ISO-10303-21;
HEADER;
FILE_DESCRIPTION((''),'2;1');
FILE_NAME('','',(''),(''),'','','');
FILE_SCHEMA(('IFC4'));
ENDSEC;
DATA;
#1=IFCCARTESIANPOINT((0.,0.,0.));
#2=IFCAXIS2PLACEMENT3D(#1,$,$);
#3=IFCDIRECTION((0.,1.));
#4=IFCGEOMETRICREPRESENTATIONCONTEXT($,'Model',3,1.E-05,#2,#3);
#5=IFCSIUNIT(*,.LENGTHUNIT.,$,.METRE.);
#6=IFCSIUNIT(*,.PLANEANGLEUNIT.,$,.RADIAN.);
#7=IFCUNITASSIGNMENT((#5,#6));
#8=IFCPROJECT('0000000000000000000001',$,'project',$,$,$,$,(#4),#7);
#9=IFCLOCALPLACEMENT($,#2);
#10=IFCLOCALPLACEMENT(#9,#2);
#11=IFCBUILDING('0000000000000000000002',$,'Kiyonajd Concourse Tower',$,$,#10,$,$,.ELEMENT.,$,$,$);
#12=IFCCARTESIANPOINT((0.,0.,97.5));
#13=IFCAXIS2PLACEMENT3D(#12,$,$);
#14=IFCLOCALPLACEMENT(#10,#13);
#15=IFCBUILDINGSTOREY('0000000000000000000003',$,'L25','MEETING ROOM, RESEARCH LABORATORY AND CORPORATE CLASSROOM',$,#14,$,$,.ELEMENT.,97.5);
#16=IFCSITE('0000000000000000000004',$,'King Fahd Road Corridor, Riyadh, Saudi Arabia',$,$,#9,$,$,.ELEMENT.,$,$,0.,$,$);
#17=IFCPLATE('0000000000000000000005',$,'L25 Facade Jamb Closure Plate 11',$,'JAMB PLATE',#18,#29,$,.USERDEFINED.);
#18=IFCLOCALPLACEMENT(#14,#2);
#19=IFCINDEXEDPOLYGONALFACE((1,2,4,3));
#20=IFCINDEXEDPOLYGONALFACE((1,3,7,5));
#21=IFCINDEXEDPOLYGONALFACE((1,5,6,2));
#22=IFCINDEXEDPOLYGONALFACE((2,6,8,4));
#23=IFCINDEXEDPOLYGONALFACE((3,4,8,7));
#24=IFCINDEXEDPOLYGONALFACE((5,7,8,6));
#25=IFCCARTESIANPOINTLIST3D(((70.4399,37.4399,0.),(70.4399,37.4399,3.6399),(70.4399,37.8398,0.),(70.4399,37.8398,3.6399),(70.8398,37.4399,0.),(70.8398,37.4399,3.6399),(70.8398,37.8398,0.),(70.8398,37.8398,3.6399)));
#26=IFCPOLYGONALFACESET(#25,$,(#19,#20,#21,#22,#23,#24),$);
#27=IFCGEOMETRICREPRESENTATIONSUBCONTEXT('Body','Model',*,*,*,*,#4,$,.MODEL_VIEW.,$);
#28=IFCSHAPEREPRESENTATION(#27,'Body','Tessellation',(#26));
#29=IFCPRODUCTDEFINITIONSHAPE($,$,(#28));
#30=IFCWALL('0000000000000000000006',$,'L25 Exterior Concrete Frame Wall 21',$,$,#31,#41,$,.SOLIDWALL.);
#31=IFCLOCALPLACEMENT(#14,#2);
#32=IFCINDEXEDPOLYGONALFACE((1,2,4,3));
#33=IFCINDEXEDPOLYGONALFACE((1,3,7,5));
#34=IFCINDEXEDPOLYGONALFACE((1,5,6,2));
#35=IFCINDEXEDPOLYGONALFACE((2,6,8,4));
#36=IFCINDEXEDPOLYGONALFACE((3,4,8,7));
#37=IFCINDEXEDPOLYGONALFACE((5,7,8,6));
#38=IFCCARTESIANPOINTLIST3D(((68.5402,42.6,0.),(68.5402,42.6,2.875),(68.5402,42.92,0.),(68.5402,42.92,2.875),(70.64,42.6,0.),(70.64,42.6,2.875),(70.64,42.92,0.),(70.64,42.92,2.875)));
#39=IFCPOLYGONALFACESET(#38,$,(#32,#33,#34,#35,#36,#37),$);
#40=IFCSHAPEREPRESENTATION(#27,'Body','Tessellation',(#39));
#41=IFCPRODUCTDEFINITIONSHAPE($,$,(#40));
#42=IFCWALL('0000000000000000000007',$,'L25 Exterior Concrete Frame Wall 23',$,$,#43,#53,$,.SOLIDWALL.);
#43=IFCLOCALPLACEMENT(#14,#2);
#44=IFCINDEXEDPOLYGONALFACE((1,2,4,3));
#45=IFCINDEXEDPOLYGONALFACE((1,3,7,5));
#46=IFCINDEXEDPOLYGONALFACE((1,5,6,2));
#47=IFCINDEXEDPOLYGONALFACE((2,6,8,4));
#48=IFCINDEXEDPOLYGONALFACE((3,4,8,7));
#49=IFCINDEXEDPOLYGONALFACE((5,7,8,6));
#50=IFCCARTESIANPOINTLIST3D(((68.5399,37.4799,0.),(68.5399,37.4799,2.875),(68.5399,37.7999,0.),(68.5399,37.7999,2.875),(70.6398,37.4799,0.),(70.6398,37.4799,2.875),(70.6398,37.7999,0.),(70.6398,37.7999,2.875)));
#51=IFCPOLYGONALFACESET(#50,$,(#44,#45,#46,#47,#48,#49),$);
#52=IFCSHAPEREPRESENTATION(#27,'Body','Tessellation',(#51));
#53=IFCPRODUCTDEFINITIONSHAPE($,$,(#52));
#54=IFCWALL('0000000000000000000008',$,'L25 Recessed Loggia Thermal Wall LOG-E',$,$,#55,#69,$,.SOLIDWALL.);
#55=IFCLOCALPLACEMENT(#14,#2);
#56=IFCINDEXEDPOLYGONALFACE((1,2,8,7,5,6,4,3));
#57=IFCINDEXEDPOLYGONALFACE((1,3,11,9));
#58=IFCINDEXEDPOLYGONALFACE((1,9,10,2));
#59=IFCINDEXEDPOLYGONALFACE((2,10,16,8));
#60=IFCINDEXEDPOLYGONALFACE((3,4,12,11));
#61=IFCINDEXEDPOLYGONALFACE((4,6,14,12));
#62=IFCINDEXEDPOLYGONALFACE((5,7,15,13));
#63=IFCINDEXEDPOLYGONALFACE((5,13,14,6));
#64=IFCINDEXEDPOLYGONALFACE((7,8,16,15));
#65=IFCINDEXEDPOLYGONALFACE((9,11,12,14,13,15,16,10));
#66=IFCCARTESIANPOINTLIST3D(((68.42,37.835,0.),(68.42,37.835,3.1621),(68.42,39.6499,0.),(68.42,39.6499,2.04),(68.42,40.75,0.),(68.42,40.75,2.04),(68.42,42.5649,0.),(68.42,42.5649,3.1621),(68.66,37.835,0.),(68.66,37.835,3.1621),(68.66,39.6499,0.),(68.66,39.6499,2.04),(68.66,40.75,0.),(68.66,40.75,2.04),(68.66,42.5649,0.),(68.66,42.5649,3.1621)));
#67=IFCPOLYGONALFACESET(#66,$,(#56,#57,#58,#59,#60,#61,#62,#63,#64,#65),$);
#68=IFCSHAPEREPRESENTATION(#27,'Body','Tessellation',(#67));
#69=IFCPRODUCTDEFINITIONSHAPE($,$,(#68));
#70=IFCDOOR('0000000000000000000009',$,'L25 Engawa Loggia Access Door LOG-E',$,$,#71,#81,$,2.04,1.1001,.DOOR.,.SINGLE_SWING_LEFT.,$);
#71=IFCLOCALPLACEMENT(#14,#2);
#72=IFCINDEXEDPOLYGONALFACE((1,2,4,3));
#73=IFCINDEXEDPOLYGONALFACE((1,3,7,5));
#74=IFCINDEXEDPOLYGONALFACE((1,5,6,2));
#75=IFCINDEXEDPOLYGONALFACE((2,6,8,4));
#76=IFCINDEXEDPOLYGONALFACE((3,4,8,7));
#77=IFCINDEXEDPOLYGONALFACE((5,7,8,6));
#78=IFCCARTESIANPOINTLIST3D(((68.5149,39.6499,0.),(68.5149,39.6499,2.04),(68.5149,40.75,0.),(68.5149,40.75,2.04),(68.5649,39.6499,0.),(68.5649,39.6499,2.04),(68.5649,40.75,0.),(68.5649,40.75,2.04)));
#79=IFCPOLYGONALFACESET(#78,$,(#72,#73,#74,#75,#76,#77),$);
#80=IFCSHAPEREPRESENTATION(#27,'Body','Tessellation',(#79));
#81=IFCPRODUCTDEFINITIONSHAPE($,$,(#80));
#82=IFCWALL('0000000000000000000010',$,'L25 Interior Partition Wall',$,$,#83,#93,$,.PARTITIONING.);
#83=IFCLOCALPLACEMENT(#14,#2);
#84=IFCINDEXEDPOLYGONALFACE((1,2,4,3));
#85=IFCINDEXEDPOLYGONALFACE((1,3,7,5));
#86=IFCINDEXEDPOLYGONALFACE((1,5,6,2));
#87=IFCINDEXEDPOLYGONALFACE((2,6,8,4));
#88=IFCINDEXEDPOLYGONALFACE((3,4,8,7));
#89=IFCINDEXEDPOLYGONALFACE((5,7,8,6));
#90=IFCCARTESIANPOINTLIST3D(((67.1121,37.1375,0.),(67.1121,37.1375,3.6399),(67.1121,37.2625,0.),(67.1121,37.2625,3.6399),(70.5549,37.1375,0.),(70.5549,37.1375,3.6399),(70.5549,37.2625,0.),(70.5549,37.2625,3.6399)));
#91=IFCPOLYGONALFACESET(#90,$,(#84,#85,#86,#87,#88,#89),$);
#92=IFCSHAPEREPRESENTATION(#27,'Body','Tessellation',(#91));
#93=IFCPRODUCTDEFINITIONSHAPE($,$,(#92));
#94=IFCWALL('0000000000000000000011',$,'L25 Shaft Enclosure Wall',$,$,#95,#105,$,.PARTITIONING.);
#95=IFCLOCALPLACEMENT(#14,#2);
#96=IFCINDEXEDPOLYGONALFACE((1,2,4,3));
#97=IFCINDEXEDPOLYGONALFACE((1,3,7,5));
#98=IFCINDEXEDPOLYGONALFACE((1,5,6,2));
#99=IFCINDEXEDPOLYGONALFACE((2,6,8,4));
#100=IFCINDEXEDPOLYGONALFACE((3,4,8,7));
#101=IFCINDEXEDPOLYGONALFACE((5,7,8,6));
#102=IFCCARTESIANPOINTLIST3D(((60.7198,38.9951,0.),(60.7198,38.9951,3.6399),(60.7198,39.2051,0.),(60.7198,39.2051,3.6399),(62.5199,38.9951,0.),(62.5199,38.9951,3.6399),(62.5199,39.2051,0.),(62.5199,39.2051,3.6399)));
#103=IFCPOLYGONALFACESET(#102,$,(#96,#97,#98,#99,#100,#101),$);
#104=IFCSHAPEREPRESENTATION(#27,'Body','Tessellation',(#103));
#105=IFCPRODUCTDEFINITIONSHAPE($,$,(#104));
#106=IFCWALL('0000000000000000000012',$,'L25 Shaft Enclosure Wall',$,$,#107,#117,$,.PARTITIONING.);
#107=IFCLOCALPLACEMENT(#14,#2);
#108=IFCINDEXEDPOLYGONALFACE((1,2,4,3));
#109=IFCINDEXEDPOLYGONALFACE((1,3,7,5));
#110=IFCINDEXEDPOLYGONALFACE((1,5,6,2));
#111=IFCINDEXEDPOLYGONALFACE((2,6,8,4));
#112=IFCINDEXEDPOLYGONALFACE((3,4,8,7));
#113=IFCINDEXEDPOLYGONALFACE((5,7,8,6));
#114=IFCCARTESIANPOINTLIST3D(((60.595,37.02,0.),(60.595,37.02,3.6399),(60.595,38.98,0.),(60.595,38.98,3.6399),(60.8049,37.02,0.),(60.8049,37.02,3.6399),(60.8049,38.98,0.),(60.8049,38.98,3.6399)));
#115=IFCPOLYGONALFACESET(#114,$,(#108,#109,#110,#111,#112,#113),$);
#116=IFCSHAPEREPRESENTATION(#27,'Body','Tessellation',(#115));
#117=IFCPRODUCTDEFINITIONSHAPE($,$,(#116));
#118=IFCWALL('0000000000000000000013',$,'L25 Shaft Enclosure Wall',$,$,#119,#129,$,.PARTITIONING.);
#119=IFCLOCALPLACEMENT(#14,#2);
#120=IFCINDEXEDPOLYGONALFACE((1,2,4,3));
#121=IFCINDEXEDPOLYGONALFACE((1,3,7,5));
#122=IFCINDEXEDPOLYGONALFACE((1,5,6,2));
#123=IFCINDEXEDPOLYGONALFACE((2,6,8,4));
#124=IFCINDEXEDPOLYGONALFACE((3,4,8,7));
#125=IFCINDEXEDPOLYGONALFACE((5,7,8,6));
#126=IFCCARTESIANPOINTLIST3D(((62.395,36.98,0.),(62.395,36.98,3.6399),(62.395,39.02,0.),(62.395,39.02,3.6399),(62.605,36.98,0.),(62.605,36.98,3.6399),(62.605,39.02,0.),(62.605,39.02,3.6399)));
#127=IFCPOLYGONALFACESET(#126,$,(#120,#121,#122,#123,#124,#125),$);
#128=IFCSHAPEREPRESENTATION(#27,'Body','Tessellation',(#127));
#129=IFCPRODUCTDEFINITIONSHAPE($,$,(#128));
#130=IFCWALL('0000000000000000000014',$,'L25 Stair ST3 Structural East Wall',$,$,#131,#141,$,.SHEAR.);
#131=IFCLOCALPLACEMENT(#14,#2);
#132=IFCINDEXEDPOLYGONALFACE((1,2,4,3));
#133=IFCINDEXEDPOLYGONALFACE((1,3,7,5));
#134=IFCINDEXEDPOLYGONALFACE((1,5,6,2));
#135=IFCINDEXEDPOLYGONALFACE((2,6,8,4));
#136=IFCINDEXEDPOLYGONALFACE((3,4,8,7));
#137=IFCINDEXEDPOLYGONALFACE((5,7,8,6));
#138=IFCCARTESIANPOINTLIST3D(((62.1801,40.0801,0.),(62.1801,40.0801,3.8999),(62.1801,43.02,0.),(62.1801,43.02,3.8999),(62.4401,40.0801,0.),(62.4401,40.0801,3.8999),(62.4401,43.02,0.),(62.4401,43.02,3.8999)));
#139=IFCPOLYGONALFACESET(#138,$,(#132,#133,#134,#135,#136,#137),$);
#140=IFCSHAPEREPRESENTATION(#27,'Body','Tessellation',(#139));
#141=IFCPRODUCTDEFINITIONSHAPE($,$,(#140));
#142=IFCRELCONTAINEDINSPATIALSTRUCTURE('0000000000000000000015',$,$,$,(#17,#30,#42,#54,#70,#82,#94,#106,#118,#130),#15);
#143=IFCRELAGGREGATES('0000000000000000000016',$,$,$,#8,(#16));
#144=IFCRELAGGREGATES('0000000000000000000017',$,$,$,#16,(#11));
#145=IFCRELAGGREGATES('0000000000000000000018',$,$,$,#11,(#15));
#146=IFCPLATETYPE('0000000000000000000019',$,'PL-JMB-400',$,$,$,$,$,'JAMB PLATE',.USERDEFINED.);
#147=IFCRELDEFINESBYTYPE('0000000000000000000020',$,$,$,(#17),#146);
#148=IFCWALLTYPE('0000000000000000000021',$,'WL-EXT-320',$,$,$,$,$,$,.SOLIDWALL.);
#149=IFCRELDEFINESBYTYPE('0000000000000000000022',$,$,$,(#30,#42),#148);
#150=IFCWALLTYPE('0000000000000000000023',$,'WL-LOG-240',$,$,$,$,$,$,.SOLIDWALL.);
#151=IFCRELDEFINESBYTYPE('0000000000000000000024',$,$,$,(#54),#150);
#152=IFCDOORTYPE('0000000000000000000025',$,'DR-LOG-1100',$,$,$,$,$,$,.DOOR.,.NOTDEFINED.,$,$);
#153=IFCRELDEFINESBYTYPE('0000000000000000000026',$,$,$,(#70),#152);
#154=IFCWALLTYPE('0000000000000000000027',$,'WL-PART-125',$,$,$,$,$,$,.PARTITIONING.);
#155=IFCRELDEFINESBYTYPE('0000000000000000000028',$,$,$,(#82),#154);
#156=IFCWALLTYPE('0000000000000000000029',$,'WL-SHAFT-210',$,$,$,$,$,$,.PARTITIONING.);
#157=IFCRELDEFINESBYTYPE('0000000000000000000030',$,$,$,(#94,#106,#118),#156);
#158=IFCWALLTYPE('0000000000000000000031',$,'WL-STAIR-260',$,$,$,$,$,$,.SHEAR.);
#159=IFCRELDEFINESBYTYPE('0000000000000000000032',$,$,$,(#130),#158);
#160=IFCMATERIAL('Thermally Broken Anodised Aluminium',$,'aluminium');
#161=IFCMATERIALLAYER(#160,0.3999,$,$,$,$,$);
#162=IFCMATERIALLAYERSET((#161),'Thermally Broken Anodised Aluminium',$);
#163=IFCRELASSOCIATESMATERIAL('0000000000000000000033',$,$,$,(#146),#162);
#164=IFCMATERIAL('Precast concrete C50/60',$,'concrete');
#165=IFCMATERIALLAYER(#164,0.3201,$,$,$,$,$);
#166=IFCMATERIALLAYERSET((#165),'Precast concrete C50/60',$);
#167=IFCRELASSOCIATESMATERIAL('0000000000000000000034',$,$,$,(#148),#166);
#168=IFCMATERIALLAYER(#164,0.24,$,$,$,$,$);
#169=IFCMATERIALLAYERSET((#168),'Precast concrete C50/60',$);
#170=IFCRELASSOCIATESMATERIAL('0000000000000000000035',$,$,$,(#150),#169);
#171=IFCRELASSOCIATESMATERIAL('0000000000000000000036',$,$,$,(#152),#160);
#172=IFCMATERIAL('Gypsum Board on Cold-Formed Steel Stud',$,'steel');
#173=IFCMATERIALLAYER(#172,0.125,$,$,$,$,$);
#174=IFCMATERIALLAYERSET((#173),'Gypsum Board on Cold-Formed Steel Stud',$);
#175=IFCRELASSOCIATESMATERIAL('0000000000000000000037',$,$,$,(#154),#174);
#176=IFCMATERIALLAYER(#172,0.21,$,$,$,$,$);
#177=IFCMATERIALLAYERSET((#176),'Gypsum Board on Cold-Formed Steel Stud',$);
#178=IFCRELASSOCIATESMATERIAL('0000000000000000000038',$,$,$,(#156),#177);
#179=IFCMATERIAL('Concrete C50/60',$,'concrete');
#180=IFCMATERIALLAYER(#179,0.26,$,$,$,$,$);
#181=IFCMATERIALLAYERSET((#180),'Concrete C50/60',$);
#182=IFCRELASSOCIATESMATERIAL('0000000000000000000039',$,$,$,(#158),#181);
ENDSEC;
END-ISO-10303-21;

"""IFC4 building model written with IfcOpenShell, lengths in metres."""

from ifc_helpers import new_model, si_unit, direction, frame, frame_2d, origin, origin_2d, place, context, subcontext, project, spatial, rectangle, extrude, material, layer, layer_set, type_object, element, fill, save


model = new_model("IFC4")

# Units and contexts
model_context = context("Model", 3, precision=1e-05, world=origin(), true_north=direction((0.0, 1.0)))
body_context = subcontext(model_context, "Body", "Model", "MODEL_VIEW")
ifc_project = project(units=[si_unit("LENGTHUNIT", "METRE"), si_unit("PLANEANGLEUNIT", "RADIAN")], contexts=[model_context])

# Site, building, storey
site_placement = place(None, origin())
site = spatial("IfcSite", under=ifc_project, at=site_placement, Name="King Fahd Road Corridor, Riyadh, Saudi Arabia", CompositionType="ELEMENT", RefElevation=0.0)
building_placement = place(site_placement, origin())
building = spatial("IfcBuilding", under=site, at=building_placement, Name="Kiyonajd Concourse Tower", CompositionType="ELEMENT")
storey_placement = place(building_placement, frame((0.0, 0.0, 97.5)))
storey = spatial("IfcBuildingStorey", under=building, at=storey_placement, Name="L25", Description="MEETING ROOM, RESEARCH LABORATORY AND CORPORATE CLASSROOM", CompositionType="ELEMENT", Elevation=97.5)

# Shared definitions
ifc_material_1 = material(Name="Precast concrete C50/60", Category="concrete")

# Shared definitions
ifc_material_2 = material(Name="Thermally Broken Anodised Aluminium", Category="aluminium")

# Plate
ifc_layer_1 = layer(ifc_material_2, 0.3999)
ifc_layer_set_1 = layer_set([ifc_layer_1], Name="Thermally Broken Anodised Aluminium")
plate_type_1 = type_object("IfcPlateType", Name="PL-JMB-400", ElementType="JAMB PLATE", PredefinedType="USERDEFINED", material=ifc_layer_set_1)
for number, where, z_axis, x_axis, name in (
    (1, (70.6399, 37.6399, 0.0), (0.0, 0.0, 1.0), (1.0, 0.0, 0.0), "L25 Facade Jamb Closure Plate 11"),
):
    element("IfcPlate", number, at=place(storey_placement, frame(where, z_axis=z_axis, x_axis=x_axis)), inside=storey, type_object=plate_type_1, Name=name, ObjectType="JAMB PLATE", PredefinedType="USERDEFINED", context=body_context, shape_type="SweptSolid", body=[
        extrude(rectangle(XDim=0.3999, YDim=0.3999, at=origin_2d()), origin(), (0.0, 0.0, 1.0), 3.6399),
    ])

# Walls
ifc_layer_2 = layer(ifc_material_1, 0.3201)
ifc_layer_set_2 = layer_set([ifc_layer_2], Name="Precast concrete C50/60")
wall_type_1 = type_object("IfcWallType", Name="WL-EXT-320", PredefinedType="SOLIDWALL", material=ifc_layer_set_2)
for number, where, z_axis, x_axis, name in (
    (2, (70.6399, 42.76, 0.0), (0.0, 0.0, 1.0), (-1.0, 0.0, 0.0), "L25 Exterior Concrete Frame Wall 21"),
    (3, (68.54, 37.6399, 0.0), (0.0, 0.0, 1.0), (1.0, 0.0, 0.0), "L25 Exterior Concrete Frame Wall 23"),
):
    element("IfcWall", number, at=place(storey_placement, frame(where, z_axis=z_axis, x_axis=x_axis)), inside=storey, type_object=wall_type_1, Name=name, PredefinedType="SOLIDWALL", context=body_context, shape_type="SweptSolid", body=[
        extrude(rectangle(XDim=2.0999, YDim=0.3201, at=frame_2d((1.0498, 0.0))), origin(), (0.0, 0.0, 1.0), 2.875),
    ])

# Wall, opening, door
ifc_layer_3 = layer(ifc_material_1, 0.24)
ifc_layer_set_3 = layer_set([ifc_layer_3], Name="Precast concrete C50/60")
wall_type_2 = type_object("IfcWallType", Name="WL-LOG-240", PredefinedType="SOLIDWALL", material=ifc_layer_set_3)
wall_1_placement = place(storey_placement, frame((68.54, 42.5649, 0.0), z_axis=(0.0, 0.0, 1.0), x_axis=(0.0, -1.0, 0.0)))
wall_1 = element("IfcWall", 4, at=wall_1_placement, inside=storey, type_object=wall_type_2, Name="L25 Recessed Loggia Thermal Wall LOG-E", PredefinedType="SOLIDWALL", context=body_context, shape_type="SweptSolid", body=[
    extrude(rectangle(XDim=4.73, YDim=0.24, at=frame_2d((2.365, 0.0))), origin(), (0.0, 0.0, 1.0), 3.1621),
])
opening_placement = place(wall_1_placement, frame((1.8149, 0.0, 0.0)))
opening = element("IfcOpeningElement", 5, at=opening_placement, cuts=wall_1, PredefinedType="OPENING", context=body_context, shape_type="SweptSolid", body=[
    extrude(rectangle(XDim=1.1001, YDim=2.04, at=frame_2d((0.55, 1.02))), frame((0.0, 0.1299, 0.0), z_axis=(0.0, -1.0, 0.0), x_axis=(1.0, 0.0, 0.0)), (0.0, 0.0, 1.0), 0.26),
])
door_type = type_object("IfcDoorType", Name="DR-LOG-1100", OperationType="NOTDEFINED", PredefinedType="DOOR", material=ifc_material_2)
door_placement = place(opening_placement, origin())
door = element("IfcDoor", 6, at=door_placement, inside=storey, type_object=door_type, Name="L25 Engawa Loggia Access Door LOG-E", OperationType="SINGLE_SWING_LEFT", OverallHeight=2.04, OverallWidth=1.1001, PredefinedType="DOOR", context=body_context, shape_type="SweptSolid", body=[
    extrude(rectangle(XDim=1.1001, YDim=2.04, at=frame_2d((0.55, 1.02))), frame((0.0, 0.0249, 0.0), z_axis=(0.0, -1.0, 0.0), x_axis=(1.0, 0.0, 0.0)), (0.0, 0.0, 1.0), 0.05),
])
fill(opening, door)

# Walls
ifc_material_3 = material(Name="Gypsum Board on Cold-Formed Steel Stud", Category="steel")
ifc_layer_4 = layer(ifc_material_3, 0.125)
ifc_layer_set_4 = layer_set([ifc_layer_4], Name="Gypsum Board on Cold-Formed Steel Stud")
wall_type_3 = type_object("IfcWallType", Name="WL-PART-125", PredefinedType="PARTITIONING", material=ifc_layer_set_4)
wall_2_placement = place(storey_placement, frame((67.1121, 37.2, 0.0), z_axis=(0.0, 0.0, 1.0), x_axis=(1.0, 0.0, 0.0)))
element("IfcWall", 7, at=wall_2_placement, inside=storey, type_object=wall_type_3, Name="L25 Interior Partition Wall", PredefinedType="PARTITIONING", context=body_context, shape_type="SweptSolid", body=[
    extrude(rectangle(XDim=3.4429, YDim=0.125, at=frame_2d((1.7214, 0.0))), origin(), (0.0, 0.0, 1.0), 3.6399),
])
ifc_layer_5 = layer(ifc_material_3, 0.21)
ifc_layer_set_5 = layer_set([ifc_layer_5], Name="Gypsum Board on Cold-Formed Steel Stud")
wall_type_4 = type_object("IfcWallType", Name="WL-SHAFT-210", PredefinedType="PARTITIONING", material=ifc_layer_set_5)
wall_3_placement = place(storey_placement, frame((60.72, 39.1001, 0.0), z_axis=(0.0, 0.0, 1.0), x_axis=(1.0, 0.0, 0.0)))
element("IfcWall", 8, at=wall_3_placement, inside=storey, type_object=wall_type_4, Name="L25 Shaft Enclosure Wall", PredefinedType="PARTITIONING", context=body_context, shape_type="SweptSolid", body=[
    extrude(rectangle(XDim=1.8, YDim=0.21, at=frame_2d((0.8999, 0.0))), origin(), (0.0, 0.0, 1.0), 3.6399),
])
wall_4_placement = place(storey_placement, frame((60.7, 37.02, 0.0), z_axis=(0.0, 0.0, 1.0), x_axis=(0.0, 1.0, 0.0)))
element("IfcWall", 9, at=wall_4_placement, inside=storey, type_object=wall_type_4, Name="L25 Shaft Enclosure Wall", PredefinedType="PARTITIONING", context=body_context, shape_type="SweptSolid", body=[
    extrude(rectangle(XDim=1.96, YDim=0.21, at=frame_2d((0.98, 0.0))), origin(), (0.0, 0.0, 1.0), 3.6399),
])
wall_5_placement = place(storey_placement, frame((62.5, 36.98, 0.0), z_axis=(0.0, 0.0, 1.0), x_axis=(0.0, 1.0, 0.0)))
element("IfcWall", 10, at=wall_5_placement, inside=storey, type_object=wall_type_4, Name="L25 Shaft Enclosure Wall", PredefinedType="PARTITIONING", context=body_context, shape_type="SweptSolid", body=[
    extrude(rectangle(XDim=2.04, YDim=0.21, at=frame_2d((1.02, 0.0))), origin(), (0.0, 0.0, 1.0), 3.6399),
])
ifc_material_4 = material(Name="Concrete C50/60", Category="concrete")
ifc_layer_6 = layer(ifc_material_4, 0.26)
ifc_layer_set_6 = layer_set([ifc_layer_6], Name="Concrete C50/60")
wall_type_5 = type_object("IfcWallType", Name="WL-STAIR-260", PredefinedType="SHEAR", material=ifc_layer_set_6)
wall_6_placement = place(storey_placement, frame((62.3101, 40.0801, 0.0), z_axis=(0.0, 0.0, 1.0), x_axis=(0.0, 1.0, 0.0)))
element("IfcWall", 11, at=wall_6_placement, inside=storey, type_object=wall_type_5, Name="L25 Stair ST3 Structural East Wall", PredefinedType="SHEAR", context=body_context, shape_type="SweptSolid", body=[
    extrude(rectangle(XDim=2.9399, YDim=0.26, at=frame_2d((1.47, 0.0))), origin(), (0.0, 0.0, 1.0), 3.8999),
])

save(model, "model.ifc")
